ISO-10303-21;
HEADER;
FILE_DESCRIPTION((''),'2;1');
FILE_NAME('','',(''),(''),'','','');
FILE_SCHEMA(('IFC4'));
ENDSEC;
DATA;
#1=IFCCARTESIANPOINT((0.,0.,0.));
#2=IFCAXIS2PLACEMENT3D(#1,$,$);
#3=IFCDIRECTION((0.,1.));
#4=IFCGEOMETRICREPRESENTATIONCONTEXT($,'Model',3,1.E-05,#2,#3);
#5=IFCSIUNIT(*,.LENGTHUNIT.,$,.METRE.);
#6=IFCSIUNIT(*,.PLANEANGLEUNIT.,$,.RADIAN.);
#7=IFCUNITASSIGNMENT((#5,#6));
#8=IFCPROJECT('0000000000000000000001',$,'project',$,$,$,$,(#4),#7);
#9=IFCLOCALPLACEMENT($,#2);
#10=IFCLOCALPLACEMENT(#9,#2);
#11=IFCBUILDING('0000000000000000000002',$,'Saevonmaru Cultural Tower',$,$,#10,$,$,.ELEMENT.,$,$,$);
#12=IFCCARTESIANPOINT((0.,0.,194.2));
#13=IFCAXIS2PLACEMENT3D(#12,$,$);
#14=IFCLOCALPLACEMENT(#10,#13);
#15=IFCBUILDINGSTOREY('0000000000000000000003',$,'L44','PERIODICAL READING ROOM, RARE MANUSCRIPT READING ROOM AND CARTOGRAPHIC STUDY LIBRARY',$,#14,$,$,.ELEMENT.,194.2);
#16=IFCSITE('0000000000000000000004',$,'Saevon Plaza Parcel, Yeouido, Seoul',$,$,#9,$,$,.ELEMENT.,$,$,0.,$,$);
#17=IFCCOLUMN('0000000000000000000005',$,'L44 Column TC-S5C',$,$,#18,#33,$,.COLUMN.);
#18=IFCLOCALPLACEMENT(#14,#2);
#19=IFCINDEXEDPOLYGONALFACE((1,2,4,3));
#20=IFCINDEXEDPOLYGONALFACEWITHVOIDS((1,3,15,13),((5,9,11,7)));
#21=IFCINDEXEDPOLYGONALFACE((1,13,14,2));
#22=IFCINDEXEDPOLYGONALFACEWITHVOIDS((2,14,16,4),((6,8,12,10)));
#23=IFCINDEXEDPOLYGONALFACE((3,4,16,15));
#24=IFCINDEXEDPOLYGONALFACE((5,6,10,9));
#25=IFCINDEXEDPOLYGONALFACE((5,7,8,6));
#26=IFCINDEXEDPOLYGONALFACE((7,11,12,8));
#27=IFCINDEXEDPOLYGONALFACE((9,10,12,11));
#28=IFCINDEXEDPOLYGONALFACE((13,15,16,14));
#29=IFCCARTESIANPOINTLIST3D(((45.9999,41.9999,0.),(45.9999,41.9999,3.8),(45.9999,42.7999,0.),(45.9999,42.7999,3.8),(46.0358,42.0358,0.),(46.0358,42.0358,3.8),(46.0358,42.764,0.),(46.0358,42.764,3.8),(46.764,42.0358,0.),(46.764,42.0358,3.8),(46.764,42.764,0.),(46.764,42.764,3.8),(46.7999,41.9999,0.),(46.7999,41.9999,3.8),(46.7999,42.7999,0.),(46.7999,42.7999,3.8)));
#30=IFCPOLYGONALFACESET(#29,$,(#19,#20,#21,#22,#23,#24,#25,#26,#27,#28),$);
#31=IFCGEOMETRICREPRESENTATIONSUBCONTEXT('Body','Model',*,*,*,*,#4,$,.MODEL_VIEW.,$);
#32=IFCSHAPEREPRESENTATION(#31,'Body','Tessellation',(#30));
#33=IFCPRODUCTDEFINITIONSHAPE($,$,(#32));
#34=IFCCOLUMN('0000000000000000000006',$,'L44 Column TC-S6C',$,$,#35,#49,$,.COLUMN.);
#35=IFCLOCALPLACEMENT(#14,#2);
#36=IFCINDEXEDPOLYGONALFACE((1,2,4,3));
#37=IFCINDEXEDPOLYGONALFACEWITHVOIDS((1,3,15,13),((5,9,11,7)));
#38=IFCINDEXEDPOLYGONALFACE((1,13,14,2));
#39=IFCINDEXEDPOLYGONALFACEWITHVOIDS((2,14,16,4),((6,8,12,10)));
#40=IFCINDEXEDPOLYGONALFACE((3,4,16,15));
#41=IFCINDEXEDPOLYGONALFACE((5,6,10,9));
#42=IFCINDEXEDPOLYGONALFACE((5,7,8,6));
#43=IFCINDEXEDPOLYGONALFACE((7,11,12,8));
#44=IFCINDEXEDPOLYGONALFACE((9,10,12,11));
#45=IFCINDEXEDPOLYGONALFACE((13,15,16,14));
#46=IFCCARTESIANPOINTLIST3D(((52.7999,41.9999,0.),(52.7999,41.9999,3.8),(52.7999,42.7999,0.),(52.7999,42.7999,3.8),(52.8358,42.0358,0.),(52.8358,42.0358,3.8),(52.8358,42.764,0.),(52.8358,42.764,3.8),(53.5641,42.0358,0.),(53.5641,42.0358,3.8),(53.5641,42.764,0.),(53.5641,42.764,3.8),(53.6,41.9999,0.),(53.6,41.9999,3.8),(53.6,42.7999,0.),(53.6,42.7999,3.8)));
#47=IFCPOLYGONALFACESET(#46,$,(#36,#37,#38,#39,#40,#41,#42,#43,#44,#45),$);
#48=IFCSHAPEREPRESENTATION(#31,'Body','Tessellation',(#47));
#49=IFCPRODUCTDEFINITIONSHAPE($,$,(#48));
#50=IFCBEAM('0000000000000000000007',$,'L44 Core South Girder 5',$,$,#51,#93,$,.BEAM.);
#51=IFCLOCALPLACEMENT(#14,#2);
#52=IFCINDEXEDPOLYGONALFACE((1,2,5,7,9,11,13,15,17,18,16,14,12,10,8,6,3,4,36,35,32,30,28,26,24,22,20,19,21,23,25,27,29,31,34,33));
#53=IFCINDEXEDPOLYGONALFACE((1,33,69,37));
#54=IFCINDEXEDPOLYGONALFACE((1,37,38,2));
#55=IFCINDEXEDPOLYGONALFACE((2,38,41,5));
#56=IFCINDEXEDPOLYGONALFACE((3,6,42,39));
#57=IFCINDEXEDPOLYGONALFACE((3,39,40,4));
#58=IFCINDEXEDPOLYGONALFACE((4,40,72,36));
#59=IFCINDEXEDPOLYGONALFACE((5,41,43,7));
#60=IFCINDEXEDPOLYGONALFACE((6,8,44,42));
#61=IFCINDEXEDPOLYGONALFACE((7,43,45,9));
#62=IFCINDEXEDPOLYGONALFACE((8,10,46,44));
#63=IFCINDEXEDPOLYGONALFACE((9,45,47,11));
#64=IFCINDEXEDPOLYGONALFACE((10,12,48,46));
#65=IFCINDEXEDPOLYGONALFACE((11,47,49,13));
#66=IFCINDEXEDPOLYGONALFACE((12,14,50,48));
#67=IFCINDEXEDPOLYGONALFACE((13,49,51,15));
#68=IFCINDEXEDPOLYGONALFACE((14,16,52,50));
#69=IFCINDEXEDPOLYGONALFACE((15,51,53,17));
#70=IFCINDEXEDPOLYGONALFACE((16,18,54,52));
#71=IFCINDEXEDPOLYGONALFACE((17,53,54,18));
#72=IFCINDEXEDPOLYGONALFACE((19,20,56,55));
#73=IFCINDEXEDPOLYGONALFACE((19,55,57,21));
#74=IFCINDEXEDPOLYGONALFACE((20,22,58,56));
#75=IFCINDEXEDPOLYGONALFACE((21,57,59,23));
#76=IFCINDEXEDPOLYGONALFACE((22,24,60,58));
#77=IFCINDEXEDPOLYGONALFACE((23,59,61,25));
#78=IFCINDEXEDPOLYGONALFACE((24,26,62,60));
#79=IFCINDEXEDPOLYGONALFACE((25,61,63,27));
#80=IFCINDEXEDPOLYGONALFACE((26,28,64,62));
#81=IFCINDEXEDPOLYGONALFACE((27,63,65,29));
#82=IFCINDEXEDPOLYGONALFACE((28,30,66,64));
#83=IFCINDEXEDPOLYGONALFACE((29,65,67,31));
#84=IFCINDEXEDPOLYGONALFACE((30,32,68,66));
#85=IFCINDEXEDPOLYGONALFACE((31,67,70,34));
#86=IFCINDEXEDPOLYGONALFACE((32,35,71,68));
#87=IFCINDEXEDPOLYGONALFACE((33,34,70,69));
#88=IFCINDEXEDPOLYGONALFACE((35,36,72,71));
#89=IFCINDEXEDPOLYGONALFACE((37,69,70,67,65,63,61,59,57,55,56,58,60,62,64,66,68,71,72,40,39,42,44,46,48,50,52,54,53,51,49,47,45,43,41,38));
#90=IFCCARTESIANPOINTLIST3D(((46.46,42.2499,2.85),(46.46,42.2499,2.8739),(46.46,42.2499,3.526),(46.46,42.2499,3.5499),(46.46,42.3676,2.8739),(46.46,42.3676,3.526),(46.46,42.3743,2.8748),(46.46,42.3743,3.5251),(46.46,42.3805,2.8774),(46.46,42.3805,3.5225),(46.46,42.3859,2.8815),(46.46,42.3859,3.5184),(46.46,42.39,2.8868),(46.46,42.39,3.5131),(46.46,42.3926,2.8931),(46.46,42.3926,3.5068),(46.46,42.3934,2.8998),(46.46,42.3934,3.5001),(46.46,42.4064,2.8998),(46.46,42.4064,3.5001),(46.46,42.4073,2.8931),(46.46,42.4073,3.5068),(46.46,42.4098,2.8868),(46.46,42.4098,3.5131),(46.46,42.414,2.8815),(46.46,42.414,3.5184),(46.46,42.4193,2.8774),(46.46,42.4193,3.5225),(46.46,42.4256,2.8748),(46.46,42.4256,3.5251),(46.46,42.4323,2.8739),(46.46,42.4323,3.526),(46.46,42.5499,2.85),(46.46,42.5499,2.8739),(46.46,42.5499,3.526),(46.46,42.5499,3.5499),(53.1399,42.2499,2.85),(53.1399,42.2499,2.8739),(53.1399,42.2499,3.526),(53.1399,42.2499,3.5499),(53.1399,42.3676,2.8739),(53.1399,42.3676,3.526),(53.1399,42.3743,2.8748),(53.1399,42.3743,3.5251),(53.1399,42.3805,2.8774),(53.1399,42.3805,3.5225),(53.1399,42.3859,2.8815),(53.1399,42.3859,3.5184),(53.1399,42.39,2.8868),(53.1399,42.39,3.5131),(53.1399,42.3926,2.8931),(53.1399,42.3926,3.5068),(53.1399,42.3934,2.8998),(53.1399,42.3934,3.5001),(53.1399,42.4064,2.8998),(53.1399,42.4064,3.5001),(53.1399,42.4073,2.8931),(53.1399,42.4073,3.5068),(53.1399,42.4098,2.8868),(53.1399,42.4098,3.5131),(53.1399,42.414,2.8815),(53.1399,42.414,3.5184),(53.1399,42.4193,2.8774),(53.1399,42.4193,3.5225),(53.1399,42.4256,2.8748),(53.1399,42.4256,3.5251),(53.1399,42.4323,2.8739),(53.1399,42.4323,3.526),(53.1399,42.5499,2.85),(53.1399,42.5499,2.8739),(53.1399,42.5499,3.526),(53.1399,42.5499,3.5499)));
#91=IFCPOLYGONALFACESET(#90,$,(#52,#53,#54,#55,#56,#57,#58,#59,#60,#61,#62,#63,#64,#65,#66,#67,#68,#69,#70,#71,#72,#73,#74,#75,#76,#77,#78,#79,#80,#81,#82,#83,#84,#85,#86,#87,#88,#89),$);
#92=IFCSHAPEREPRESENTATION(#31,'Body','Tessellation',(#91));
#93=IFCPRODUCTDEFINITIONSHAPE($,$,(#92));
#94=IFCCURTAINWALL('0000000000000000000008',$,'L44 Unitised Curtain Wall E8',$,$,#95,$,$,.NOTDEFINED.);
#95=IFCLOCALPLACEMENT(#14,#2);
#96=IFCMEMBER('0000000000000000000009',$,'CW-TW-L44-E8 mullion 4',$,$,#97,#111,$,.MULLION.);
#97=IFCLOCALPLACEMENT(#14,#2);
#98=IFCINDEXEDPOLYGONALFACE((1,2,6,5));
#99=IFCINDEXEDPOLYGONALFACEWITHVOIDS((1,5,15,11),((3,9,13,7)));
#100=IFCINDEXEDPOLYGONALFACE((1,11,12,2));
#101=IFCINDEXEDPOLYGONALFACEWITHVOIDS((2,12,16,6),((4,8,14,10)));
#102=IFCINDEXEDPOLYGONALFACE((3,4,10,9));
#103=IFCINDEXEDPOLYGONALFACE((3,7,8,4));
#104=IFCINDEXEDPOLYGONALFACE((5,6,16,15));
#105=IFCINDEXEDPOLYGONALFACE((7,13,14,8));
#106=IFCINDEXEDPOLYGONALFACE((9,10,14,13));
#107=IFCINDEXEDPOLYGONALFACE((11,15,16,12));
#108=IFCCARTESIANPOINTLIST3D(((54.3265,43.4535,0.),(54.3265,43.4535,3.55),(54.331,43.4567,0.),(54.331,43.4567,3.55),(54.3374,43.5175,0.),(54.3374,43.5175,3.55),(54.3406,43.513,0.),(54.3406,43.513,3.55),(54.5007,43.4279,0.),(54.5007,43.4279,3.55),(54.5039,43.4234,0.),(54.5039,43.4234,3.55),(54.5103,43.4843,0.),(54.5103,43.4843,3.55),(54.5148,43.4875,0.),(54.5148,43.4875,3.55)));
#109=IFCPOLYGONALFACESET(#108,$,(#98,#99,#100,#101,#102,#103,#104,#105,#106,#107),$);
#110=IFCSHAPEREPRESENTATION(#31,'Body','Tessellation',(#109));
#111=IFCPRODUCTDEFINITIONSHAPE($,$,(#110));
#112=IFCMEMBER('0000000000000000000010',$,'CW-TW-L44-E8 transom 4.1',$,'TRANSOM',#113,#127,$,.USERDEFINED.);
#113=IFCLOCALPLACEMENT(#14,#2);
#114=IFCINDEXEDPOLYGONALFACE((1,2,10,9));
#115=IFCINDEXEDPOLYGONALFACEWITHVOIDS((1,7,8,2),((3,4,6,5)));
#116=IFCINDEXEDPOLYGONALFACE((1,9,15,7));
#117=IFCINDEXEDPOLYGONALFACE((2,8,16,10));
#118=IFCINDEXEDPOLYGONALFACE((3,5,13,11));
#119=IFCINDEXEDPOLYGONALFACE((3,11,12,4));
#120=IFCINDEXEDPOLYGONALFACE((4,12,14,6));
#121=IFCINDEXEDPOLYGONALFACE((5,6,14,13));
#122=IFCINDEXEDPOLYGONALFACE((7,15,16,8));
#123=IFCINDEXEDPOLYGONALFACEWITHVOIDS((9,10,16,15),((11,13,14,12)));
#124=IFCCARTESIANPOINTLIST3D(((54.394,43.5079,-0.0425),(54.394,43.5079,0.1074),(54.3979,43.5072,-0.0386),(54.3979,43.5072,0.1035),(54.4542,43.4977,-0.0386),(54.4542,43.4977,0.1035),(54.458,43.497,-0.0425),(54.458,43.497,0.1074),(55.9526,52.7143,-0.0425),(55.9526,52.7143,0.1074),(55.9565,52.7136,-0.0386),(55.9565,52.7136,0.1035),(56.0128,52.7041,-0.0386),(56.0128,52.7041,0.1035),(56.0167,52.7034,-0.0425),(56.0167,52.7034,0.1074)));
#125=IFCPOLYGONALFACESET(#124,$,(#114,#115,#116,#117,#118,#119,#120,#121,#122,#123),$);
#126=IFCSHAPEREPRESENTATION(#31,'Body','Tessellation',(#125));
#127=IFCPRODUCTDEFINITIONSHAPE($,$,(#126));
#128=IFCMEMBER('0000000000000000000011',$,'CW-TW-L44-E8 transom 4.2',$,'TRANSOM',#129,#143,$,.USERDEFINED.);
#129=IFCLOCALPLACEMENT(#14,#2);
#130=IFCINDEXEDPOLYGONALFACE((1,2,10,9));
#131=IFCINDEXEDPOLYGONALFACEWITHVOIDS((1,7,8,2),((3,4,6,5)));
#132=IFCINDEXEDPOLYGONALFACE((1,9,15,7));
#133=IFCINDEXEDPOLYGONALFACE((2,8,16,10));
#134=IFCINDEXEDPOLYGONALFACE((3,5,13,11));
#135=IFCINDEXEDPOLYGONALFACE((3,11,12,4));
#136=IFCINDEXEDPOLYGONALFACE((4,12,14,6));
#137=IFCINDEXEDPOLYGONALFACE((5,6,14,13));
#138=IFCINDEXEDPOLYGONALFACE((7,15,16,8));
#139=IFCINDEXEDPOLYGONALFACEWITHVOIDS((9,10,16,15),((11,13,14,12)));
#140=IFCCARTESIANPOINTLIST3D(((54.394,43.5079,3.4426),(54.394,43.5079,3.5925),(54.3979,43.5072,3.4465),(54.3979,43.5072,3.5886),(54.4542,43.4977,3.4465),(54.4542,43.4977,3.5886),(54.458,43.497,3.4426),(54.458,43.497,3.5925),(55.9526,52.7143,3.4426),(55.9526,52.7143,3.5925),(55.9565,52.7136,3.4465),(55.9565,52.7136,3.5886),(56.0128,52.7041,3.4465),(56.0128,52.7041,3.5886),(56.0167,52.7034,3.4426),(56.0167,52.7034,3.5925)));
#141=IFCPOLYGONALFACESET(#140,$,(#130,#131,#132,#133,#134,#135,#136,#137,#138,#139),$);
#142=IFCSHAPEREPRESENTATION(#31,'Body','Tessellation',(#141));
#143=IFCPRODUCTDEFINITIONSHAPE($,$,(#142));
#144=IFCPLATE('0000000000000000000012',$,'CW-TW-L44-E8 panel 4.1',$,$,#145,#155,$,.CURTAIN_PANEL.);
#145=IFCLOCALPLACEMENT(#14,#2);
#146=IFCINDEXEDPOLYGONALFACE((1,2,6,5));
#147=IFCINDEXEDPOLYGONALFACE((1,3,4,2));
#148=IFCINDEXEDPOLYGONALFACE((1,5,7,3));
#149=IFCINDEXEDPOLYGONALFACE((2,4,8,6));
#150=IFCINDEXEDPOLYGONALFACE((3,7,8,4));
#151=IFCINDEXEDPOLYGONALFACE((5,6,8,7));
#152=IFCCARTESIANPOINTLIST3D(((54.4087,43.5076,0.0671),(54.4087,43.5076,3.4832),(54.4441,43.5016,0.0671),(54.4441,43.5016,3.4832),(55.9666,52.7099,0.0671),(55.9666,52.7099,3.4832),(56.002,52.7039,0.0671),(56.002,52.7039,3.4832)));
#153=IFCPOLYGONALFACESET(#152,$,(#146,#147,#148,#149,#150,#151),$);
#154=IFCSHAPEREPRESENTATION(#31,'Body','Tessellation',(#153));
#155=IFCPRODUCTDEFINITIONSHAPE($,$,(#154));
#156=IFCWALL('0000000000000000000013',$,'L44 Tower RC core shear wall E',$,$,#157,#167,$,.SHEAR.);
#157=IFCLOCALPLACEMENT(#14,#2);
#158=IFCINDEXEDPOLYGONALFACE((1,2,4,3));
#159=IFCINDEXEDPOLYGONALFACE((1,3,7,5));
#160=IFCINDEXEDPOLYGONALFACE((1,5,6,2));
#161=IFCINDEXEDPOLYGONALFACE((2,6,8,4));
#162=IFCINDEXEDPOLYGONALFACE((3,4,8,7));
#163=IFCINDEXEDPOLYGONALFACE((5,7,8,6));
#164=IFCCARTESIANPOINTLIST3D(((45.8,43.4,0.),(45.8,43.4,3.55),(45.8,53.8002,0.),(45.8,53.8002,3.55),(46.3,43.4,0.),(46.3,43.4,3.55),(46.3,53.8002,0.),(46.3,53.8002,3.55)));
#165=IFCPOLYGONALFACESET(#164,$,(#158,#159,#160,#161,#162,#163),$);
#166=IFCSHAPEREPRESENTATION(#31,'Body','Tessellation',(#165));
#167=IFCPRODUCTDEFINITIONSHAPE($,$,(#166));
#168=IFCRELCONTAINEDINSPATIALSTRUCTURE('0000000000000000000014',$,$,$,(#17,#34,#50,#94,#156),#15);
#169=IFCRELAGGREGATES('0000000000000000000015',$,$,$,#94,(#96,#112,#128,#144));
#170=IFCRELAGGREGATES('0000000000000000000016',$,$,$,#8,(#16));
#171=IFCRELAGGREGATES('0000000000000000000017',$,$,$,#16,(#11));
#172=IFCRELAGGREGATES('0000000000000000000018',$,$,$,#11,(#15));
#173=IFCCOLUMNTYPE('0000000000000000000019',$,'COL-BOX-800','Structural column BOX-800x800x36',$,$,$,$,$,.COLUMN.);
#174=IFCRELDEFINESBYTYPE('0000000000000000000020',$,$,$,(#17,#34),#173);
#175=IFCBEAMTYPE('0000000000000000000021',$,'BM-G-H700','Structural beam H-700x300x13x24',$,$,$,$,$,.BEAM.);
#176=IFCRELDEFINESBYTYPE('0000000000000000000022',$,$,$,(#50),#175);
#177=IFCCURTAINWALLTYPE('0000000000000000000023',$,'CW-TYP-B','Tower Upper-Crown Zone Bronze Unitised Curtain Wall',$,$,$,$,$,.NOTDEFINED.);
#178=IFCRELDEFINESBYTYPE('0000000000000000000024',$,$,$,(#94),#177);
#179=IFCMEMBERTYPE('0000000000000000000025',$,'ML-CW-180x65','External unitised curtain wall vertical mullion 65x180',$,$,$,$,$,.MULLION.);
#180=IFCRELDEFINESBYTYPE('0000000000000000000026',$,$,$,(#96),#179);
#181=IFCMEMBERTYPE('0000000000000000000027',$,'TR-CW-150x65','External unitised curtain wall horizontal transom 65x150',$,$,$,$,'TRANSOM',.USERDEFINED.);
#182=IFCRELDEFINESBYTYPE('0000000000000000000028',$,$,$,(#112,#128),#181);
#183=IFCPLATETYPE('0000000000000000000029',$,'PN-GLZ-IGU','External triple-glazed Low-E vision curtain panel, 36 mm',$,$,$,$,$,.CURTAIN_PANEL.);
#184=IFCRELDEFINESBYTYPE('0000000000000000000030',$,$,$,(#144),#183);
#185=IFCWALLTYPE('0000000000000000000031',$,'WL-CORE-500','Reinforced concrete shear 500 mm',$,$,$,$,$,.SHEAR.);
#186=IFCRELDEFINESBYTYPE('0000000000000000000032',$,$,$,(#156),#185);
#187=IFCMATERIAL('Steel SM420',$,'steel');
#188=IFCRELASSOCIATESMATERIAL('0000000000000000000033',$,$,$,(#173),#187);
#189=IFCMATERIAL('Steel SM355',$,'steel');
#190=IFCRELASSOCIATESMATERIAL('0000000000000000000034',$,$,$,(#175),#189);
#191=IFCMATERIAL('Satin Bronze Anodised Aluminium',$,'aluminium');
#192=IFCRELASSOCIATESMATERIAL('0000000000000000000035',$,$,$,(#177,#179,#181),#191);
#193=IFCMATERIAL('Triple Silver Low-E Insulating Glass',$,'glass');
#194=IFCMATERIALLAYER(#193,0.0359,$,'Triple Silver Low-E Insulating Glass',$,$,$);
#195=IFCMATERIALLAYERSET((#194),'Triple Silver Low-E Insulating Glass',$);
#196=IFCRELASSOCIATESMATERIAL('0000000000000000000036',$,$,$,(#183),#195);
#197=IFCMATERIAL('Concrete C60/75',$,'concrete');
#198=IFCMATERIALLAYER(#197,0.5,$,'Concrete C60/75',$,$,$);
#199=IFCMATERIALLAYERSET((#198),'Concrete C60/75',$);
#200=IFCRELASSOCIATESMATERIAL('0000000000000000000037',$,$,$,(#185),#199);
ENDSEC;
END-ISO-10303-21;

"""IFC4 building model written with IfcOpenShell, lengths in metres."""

from ifc_helpers import new_model, si_unit, direction, frame, frame_2d, origin, origin_2d, place, context, subcontext, project, spatial, rectangle, hollow_rectangle, i_section, extrude, material, layer, layer_set, material_profile, profile_set, type_object, element, aggregate, save


model = new_model("IFC4")

# Units and contexts
model_context = context("Model", 3, precision=1e-05, world=origin(), true_north=direction((0.0, 1.0)))
body_context = subcontext(model_context, "Body", "Model", "MODEL_VIEW")
ifc_project = project(units=[si_unit("LENGTHUNIT", "METRE"), si_unit("PLANEANGLEUNIT", "RADIAN")], contexts=[model_context])

# Site, building, storey
site_placement = place(None, origin())
site = spatial("IfcSite", under=ifc_project, at=site_placement, Name="Saevon Plaza Parcel, Yeouido, Seoul", CompositionType="ELEMENT", RefElevation=0.0)
building_placement = place(site_placement, origin())
building = spatial("IfcBuilding", under=site, at=building_placement, Name="Saevonmaru Cultural Tower", CompositionType="ELEMENT")
storey_placement = place(building_placement, frame((0.0, 0.0, 194.2)))
storey = spatial("IfcBuildingStorey", under=building, at=storey_placement, Name="L44", Description="PERIODICAL READING ROOM, RARE MANUSCRIPT READING ROOM AND CARTOGRAPHIC STUDY LIBRARY", CompositionType="ELEMENT", Elevation=194.2)

# Columns
ifc_material_1 = material(Name="Steel SM420", Category="steel")
ifc_material_profile_1 = material_profile(ifc_material_1, hollow_rectangle(XDim=0.8, YDim=0.8, WallThickness=0.0359, at=origin_2d()), Name="BOX-800x800x36")
ifc_profile_set_1 = profile_set([ifc_material_profile_1], Name="Steel SM420")
column_type = type_object("IfcColumnType", Name="COL-BOX-800", Description="Structural column BOX-800x800x36", PredefinedType="COLUMN", material=ifc_profile_set_1)
for number, where, z_axis, x_axis, name in (
    (1, (46.3999, 42.3999, 0.0), (0.0, 0.0, 1.0), (1.0, 0.0, 0.0), "L44 Column TC-S5C"),
    (2, (53.2, 42.3999, 0.0), (0.0, 0.0, 1.0), (1.0, 0.0, 0.0), "L44 Column TC-S6C"),
):
    element("IfcColumn", number, at=place(storey_placement, frame(where, z_axis=z_axis, x_axis=x_axis)), inside=storey, type_object=column_type, Name=name, PredefinedType="COLUMN", context=body_context, shape_type="SweptSolid", body=[
        extrude(hollow_rectangle(XDim=0.8, YDim=0.8, WallThickness=0.0359, at=origin_2d()), origin(), (0.0, 0.0, 1.0), 3.8),
    ])

# Beam
ifc_material_2 = material(Name="Steel SM355", Category="steel")
ifc_material_profile_2 = material_profile(ifc_material_2, i_section(OverallWidth=0.3, OverallDepth=0.7, WebThickness=0.0129, FlangeThickness=0.0239, FilletRadius=0.0259, at=origin_2d()), Name="H-700x300x13x24")
ifc_profile_set_2 = profile_set([ifc_material_profile_2], Name="Steel SM355")
beam_type = type_object("IfcBeamType", Name="BM-G-H700", Description="Structural beam H-700x300x13x24", PredefinedType="BEAM", material=ifc_profile_set_2)
beam_placement = place(storey_placement, frame((46.46, 42.3999, 3.2), z_axis=(1.0, 0.0, 0.0), x_axis=(0.0, 1.0, 0.0)))
element("IfcBeam", 3, at=beam_placement, inside=storey, type_object=beam_type, Name="L44 Core South Girder 5", PredefinedType="BEAM", context=body_context, shape_type="SweptSolid", body=[
    extrude(i_section(OverallWidth=0.3, OverallDepth=0.7, WebThickness=0.0129, FlangeThickness=0.0239, FilletRadius=0.0259, at=origin_2d()), origin(), (0.0, 0.0, 1.0), 6.6799),
])

# Curtain wall, members, plate
ifc_material_3 = material(Name="Satin Bronze Anodised Aluminium", Category="aluminium")
curtain_wall_type = type_object("IfcCurtainWallType", Name="CW-TYP-B", Description="Tower Upper-Crown Zone Bronze Unitised Curtain Wall", PredefinedType="NOTDEFINED", material=ifc_material_3)
curtain_wall_placement = place(storey_placement, origin())
curtain_wall = element("IfcCurtainWall", 4, at=curtain_wall_placement, inside=storey, type_object=curtain_wall_type, Name="L44 Unitised Curtain Wall E8", PredefinedType="NOTDEFINED")
ifc_material_profile_3 = material_profile(ifc_material_3, hollow_rectangle(XDim=0.0649, YDim=0.1799, WallThickness=0.0039, at=origin_2d()), Name="ALU-MULL-180x65x4")
ifc_profile_set_3 = profile_set([ifc_material_profile_3], Name="Satin Bronze Anodised Aluminium")
member_type_1 = type_object("IfcMemberType", Name="ML-CW-180x65", Description="External unitised curtain wall vertical mullion 65x180", PredefinedType="MULLION", material=ifc_profile_set_3)
member_1_placement = place(storey_placement, frame((54.4207, 43.4705, 0.0), z_axis=(0.0, 0.0, 1.0), x_axis=(0.166922, 0.98597, 0.0)))
member_1 = element("IfcMember", 5, at=member_1_placement, type_object=member_type_1, Name="CW-TW-L44-E8 mullion 4", PredefinedType="MULLION", context=body_context, shape_type="SweptSolid", body=[
    extrude(hollow_rectangle(XDim=0.0649, YDim=0.1799, WallThickness=0.0039, at=origin_2d()), origin(), (0.0, 0.0, 1.0), 3.55),
])
ifc_material_profile_4 = material_profile(ifc_material_3, hollow_rectangle(XDim=0.0649, YDim=0.1499, WallThickness=0.0039, at=origin_2d()), Name="ALU-TRAN-150x65x4")
ifc_profile_set_4 = profile_set([ifc_material_profile_4], Name="Satin Bronze Anodised Aluminium")
member_type_2 = type_object("IfcMemberType", Name="TR-CW-150x65", Description="External unitised curtain wall horizontal transom 65x150", ElementType="TRANSOM", PredefinedType="USERDEFINED", material=ifc_profile_set_4)
member_2_placement = place(storey_placement, frame((54.426, 43.5024, 0.0325), z_axis=(0.166921, 0.98597, 0.0), x_axis=(-0.98597, 0.166921, 0.0)))
member_2 = element("IfcMember", 6, at=member_2_placement, type_object=member_type_2, Name="CW-TW-L44-E8 transom 4.1", ObjectType="TRANSOM", PredefinedType="USERDEFINED", context=body_context, shape_type="SweptSolid", body=[
    extrude(hollow_rectangle(XDim=0.0649, YDim=0.1499, WallThickness=0.0039, at=origin_2d()), origin(), (0.0, 0.0, 1.0), 9.3374),
])
member_3_placement = place(storey_placement, frame((54.426, 43.5024, 3.5176), z_axis=(0.166921, 0.98597, 0.0), x_axis=(-0.98597, 0.166921, 0.0)))
member_3 = element("IfcMember", 7, at=member_3_placement, type_object=member_type_2, Name="CW-TW-L44-E8 transom 4.2", ObjectType="TRANSOM", PredefinedType="USERDEFINED", context=body_context, shape_type="SweptSolid", body=[
    extrude(hollow_rectangle(XDim=0.0649, YDim=0.1499, WallThickness=0.0039, at=origin_2d()), origin(), (0.0, 0.0, 1.0), 9.3374),
])
ifc_material_4 = material(Name="Triple Silver Low-E Insulating Glass", Category="glass")
ifc_layer_1 = layer(ifc_material_4, 0.0359, Name="Triple Silver Low-E Insulating Glass")
ifc_layer_set_1 = layer_set([ifc_layer_1], Name="Triple Silver Low-E Insulating Glass")
plate_type = type_object("IfcPlateType", Name="PN-GLZ-IGU", Description="External triple-glazed Low-E vision curtain panel, 36 mm", PredefinedType="CURTAIN_PANEL", material=ifc_layer_set_1)
plate_placement = place(storey_placement, frame((55.2053, 48.1057, 0.0671), z_axis=(0.0, 0.0, 1.0), x_axis=(0.166922, 0.98597, 0.0)))
plate = element("IfcPlate", 8, at=plate_placement, type_object=plate_type, Name="CW-TW-L44-E8 panel 4.1", PredefinedType="CURTAIN_PANEL", context=body_context, shape_type="SweptSolid", body=[
    extrude(rectangle(XDim=9.3333, YDim=0.0359, at=origin_2d()), origin(), (0.0, 0.0, 1.0), 3.416),
])
aggregate(curtain_wall, [member_1, member_2, member_3, plate])

# Wall
ifc_material_5 = material(Name="Concrete C60/75", Category="concrete")
ifc_layer_2 = layer(ifc_material_5, 0.5, Name="Concrete C60/75")
ifc_layer_set_2 = layer_set([ifc_layer_2], Name="Concrete C60/75")
wall_type_1 = type_object("IfcWallType", Name="WL-CORE-500", Description="Reinforced concrete shear 500 mm", PredefinedType="SHEAR", material=ifc_layer_set_2)
wall_1_placement = place(storey_placement, frame((46.05, 43.3999, 0.0), z_axis=(0.0, 0.0, 1.0), x_axis=(0.0, 1.0, 0.0)))
element("IfcWall", 9, at=wall_1_placement, inside=storey, type_object=wall_type_1, Name="L44 Tower RC core shear wall E", PredefinedType="SHEAR", context=body_context, shape_type="SweptSolid", body=[
    extrude(rectangle(XDim=10.4001, YDim=0.5, at=frame_2d((5.2002, 0.0))), origin(), (0.0, 0.0, 1.0), 3.55),
])

save(model, "model.ifc")
